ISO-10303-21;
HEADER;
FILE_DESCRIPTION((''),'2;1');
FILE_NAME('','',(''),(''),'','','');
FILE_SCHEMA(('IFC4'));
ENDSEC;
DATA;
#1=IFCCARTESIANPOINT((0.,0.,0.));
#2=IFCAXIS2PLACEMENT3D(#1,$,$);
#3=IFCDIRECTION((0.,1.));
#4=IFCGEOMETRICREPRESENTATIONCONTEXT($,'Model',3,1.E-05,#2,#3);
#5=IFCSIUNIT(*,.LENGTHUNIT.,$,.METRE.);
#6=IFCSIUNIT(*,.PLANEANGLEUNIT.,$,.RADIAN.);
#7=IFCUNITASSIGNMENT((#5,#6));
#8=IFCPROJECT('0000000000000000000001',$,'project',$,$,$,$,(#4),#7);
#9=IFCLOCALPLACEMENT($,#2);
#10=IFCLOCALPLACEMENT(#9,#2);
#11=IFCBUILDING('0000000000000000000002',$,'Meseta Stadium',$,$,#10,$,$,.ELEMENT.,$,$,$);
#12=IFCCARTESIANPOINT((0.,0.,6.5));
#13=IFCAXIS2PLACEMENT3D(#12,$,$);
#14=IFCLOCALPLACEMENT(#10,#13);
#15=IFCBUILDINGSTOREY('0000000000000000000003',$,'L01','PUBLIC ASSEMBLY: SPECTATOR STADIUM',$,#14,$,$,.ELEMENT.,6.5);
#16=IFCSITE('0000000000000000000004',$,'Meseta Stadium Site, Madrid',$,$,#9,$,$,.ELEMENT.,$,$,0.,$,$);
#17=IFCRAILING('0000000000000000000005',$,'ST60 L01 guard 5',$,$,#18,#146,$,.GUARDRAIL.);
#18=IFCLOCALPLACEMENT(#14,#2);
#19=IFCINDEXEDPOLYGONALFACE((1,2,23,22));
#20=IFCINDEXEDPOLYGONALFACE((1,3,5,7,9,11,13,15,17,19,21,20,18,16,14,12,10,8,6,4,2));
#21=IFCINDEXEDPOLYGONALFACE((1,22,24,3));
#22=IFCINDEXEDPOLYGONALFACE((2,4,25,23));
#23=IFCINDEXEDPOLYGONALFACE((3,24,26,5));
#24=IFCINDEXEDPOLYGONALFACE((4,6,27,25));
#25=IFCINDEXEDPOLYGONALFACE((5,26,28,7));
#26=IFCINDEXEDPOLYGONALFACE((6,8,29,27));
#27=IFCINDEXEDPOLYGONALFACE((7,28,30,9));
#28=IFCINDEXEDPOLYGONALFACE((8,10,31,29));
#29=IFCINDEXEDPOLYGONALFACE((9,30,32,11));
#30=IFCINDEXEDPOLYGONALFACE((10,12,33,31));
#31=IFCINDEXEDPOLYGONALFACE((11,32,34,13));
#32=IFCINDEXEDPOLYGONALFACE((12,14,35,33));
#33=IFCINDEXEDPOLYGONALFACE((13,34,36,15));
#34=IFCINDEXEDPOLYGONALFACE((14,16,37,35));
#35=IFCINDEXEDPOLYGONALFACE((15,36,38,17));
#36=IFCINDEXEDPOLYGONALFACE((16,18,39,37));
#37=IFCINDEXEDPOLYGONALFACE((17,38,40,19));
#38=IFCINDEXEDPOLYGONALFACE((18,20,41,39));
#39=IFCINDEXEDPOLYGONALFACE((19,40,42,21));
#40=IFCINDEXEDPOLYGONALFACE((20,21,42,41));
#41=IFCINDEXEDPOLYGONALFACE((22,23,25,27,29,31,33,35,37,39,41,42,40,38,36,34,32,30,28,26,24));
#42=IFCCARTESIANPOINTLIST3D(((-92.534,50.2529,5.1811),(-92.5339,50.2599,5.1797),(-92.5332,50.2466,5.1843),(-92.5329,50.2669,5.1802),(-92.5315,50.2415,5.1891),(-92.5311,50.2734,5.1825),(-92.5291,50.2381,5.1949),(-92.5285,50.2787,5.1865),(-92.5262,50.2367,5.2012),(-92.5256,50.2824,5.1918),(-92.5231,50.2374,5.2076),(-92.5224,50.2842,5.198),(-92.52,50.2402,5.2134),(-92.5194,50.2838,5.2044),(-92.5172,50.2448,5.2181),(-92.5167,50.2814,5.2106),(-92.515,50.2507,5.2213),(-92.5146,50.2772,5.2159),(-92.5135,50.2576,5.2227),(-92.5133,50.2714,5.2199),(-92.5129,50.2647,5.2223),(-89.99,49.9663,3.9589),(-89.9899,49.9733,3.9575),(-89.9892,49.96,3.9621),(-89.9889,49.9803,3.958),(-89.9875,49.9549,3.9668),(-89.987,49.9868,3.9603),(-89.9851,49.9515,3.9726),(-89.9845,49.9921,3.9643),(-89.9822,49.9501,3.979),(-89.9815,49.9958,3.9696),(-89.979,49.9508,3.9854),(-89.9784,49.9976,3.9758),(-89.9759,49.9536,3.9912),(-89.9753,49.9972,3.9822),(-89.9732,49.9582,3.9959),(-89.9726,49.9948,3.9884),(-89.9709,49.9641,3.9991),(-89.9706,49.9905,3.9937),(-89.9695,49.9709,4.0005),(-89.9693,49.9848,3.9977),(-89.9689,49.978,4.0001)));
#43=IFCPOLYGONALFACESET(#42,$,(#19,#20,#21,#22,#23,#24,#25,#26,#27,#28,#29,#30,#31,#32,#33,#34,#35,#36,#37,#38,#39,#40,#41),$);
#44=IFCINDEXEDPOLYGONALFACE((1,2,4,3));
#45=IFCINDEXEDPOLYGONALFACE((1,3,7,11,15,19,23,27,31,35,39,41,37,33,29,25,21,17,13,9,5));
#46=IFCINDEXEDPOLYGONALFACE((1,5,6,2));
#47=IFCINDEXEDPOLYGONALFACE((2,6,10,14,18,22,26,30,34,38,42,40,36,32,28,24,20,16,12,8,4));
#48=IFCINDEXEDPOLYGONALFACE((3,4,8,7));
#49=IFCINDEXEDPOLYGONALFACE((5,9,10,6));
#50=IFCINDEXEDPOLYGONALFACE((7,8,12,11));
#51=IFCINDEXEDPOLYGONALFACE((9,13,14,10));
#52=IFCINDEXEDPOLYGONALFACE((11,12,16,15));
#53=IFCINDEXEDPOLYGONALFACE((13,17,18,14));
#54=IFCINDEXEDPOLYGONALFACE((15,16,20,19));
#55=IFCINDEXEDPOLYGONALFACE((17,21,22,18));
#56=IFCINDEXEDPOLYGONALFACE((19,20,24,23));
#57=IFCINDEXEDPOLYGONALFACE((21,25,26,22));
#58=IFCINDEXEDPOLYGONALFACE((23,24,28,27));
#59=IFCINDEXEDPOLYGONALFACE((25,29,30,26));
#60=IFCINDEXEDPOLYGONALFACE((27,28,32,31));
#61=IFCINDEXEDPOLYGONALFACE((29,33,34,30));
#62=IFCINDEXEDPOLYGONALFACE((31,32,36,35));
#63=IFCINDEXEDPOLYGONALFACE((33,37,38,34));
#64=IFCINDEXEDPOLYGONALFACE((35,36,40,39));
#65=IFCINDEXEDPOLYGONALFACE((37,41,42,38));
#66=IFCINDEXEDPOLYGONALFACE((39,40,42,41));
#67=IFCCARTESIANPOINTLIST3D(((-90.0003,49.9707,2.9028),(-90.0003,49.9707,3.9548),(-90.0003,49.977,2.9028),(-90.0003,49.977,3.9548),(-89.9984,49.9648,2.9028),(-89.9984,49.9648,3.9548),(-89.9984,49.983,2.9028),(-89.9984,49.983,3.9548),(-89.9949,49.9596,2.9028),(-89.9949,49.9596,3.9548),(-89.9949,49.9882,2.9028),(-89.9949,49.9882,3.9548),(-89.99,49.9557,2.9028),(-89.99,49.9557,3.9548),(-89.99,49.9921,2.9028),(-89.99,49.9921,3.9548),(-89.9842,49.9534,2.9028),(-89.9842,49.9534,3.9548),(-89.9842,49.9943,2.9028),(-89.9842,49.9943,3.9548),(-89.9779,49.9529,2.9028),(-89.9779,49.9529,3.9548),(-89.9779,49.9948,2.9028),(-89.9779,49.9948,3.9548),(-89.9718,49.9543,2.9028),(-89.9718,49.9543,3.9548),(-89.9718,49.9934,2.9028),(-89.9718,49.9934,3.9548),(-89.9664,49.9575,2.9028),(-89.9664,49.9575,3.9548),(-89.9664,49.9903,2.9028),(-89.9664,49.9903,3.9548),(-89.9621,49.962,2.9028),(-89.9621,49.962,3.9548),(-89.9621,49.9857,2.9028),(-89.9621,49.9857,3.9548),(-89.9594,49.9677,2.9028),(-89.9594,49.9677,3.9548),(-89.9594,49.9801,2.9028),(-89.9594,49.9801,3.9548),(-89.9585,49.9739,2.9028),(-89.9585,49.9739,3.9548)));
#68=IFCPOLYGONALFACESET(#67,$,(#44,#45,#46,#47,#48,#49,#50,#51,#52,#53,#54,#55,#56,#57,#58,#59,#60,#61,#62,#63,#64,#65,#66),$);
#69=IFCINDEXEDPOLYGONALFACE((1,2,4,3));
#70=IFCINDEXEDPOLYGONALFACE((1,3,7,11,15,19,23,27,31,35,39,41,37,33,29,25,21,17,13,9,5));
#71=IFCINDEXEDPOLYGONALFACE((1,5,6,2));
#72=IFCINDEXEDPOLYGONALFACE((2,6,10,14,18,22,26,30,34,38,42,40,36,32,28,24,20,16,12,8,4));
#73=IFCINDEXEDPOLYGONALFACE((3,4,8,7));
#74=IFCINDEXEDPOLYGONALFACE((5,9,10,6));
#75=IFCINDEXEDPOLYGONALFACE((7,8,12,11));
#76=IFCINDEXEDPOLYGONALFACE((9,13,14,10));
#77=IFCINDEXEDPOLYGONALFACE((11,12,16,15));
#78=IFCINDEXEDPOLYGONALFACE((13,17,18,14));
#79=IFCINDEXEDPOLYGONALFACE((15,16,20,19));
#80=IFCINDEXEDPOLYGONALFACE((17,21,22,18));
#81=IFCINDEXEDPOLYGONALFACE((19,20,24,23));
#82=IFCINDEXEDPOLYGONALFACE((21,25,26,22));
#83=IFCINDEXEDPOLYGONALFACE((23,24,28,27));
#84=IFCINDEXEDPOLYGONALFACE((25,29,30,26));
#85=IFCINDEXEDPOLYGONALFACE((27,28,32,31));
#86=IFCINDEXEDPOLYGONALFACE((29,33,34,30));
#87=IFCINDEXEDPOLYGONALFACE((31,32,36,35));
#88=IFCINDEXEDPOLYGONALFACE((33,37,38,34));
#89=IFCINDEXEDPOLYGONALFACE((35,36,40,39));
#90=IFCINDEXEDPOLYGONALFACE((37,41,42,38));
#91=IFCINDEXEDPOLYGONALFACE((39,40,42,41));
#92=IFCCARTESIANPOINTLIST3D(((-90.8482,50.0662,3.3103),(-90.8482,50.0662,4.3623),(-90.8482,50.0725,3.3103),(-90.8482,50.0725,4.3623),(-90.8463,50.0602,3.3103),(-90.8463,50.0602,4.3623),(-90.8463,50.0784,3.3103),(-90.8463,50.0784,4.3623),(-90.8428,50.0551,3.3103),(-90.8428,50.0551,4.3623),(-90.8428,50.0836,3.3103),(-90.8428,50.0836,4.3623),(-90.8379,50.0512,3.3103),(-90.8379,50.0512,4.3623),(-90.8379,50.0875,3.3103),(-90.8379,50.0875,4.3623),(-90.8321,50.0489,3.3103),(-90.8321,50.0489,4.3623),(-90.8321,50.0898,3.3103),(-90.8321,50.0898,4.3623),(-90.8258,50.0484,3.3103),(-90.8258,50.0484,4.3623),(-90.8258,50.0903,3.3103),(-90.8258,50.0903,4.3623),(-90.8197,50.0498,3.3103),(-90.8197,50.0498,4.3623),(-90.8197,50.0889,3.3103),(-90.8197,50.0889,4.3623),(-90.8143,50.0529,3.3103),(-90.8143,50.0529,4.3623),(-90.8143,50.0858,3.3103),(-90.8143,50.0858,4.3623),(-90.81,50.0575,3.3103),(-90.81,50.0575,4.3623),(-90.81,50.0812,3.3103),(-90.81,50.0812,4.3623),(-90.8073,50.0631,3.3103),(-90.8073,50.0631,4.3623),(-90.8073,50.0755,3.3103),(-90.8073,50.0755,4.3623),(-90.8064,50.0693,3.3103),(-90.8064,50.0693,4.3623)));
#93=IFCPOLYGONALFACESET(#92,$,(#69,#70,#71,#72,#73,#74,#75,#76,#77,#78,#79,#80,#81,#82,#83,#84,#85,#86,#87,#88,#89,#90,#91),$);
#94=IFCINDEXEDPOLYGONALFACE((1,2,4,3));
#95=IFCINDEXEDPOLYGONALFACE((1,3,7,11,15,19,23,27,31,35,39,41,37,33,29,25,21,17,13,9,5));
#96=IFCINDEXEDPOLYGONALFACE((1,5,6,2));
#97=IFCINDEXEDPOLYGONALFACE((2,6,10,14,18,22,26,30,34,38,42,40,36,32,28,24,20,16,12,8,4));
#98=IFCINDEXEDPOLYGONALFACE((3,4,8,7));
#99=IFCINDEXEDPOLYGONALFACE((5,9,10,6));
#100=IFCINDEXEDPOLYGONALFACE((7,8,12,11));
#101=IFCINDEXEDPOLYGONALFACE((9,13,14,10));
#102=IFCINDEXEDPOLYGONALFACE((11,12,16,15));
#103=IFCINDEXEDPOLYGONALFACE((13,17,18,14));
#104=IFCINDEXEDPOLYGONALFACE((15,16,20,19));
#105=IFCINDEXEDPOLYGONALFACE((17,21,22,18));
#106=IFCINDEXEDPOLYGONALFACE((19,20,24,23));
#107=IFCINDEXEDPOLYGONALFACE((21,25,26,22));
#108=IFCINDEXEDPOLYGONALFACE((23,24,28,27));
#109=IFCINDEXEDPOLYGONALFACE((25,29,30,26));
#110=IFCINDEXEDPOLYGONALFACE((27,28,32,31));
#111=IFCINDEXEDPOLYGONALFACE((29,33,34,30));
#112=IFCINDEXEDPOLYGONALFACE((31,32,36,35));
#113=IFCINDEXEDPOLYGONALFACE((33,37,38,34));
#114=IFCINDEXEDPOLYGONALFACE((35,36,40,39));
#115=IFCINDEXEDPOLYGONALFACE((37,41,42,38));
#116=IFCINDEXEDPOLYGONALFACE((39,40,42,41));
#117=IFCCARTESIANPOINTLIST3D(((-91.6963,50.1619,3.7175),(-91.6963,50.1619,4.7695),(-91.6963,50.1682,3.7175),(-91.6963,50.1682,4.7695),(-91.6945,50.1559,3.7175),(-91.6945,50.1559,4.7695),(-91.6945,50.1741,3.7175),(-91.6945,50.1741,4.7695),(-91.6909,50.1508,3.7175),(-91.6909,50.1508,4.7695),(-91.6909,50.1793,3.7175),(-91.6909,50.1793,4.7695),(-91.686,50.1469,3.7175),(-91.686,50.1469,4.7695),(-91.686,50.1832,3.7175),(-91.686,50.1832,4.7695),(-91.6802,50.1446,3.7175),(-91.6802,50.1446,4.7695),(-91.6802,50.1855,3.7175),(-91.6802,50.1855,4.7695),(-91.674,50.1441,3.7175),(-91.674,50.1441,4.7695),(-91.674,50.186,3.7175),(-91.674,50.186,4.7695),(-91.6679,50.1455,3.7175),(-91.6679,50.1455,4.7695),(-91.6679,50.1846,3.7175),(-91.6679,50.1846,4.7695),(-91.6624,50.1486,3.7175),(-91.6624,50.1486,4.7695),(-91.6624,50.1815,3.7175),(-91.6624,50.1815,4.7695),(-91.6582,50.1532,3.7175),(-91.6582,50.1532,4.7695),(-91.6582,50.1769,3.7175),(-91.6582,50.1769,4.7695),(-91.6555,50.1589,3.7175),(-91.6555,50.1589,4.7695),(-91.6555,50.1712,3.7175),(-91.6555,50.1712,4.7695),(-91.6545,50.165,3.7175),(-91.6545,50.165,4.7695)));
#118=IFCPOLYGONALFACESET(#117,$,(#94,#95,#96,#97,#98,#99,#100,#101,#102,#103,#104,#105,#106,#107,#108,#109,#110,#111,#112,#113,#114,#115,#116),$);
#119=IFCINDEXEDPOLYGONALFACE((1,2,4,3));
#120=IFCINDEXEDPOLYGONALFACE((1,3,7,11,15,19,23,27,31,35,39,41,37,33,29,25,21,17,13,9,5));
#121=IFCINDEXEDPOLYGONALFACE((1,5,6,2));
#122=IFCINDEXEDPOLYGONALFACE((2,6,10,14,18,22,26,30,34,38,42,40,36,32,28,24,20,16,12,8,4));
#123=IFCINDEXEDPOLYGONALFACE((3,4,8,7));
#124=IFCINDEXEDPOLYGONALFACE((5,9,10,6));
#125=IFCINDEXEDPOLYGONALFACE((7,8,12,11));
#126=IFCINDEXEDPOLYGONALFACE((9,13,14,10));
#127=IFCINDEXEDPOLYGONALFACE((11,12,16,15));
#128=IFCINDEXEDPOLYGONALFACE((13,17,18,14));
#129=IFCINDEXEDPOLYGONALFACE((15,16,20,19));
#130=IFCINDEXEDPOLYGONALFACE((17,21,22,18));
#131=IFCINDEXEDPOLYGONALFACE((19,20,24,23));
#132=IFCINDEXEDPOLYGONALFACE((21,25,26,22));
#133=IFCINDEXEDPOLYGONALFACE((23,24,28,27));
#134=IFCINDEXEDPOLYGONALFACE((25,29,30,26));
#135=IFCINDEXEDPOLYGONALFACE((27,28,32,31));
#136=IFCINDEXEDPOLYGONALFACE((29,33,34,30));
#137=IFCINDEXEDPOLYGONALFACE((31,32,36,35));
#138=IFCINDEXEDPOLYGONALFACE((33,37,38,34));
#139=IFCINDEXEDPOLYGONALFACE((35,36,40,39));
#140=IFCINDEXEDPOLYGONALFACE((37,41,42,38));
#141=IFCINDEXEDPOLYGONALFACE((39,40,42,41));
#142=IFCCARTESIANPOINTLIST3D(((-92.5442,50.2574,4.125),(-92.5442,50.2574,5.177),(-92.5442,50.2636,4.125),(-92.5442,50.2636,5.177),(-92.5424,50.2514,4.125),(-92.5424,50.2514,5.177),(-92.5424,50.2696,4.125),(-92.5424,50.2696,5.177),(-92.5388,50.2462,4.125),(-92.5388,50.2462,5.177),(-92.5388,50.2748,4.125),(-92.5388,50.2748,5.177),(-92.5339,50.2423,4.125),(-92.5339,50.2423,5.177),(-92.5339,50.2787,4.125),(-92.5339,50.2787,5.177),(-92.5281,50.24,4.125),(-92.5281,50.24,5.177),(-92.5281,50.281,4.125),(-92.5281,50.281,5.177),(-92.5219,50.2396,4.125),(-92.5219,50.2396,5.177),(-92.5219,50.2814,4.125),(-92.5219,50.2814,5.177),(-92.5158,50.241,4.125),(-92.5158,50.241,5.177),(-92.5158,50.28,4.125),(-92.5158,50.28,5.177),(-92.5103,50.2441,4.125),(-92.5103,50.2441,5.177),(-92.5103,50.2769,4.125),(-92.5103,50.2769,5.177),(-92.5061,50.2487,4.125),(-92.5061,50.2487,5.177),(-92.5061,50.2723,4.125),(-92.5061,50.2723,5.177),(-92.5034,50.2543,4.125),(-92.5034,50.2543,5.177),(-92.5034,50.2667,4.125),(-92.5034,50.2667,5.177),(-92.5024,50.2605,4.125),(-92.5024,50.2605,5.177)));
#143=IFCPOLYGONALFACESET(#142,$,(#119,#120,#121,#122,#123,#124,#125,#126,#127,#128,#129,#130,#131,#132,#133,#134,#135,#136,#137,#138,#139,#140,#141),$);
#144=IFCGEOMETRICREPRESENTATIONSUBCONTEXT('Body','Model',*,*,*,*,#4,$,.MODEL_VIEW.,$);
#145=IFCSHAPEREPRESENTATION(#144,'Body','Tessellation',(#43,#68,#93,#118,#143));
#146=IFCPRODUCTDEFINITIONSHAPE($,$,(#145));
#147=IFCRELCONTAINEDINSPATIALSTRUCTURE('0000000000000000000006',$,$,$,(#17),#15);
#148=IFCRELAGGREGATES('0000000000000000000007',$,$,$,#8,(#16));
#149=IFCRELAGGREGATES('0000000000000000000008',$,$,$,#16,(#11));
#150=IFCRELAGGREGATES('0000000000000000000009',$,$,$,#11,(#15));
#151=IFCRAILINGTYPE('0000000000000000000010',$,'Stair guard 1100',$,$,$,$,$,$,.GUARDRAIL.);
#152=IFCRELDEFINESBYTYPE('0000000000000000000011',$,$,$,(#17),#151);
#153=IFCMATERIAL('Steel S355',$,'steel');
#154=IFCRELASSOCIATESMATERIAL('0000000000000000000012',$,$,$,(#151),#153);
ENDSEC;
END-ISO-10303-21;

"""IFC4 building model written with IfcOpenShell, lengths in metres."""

from ifc_helpers import new_model, si_unit, direction, frame, origin, origin_2d, place, context, subcontext, project, spatial, circle, extrude, material, type_object, element, save


model = new_model("IFC4")

# Units and contexts
model_context = context("Model", 3, precision=1e-05, world=origin(), true_north=direction((0.0, 1.0)))
body_context = subcontext(model_context, "Body", "Model", "MODEL_VIEW")
ifc_project = project(units=[si_unit("LENGTHUNIT", "METRE"), si_unit("PLANEANGLEUNIT", "RADIAN")], contexts=[model_context])

# Site, building, storey
site_placement = place(None, origin())
site = spatial("IfcSite", under=ifc_project, at=site_placement, Name="Meseta Stadium Site, Madrid", CompositionType="ELEMENT", RefElevation=0.0)
building_placement = place(site_placement, origin())
building = spatial("IfcBuilding", under=site, at=building_placement, Name="Meseta Stadium", CompositionType="ELEMENT")
storey_placement = place(building_placement, frame((0.0, 0.0, 6.5)))
storey = spatial("IfcBuildingStorey", under=building, at=storey_placement, Name="L01", Description="PUBLIC ASSEMBLY: SPECTATOR STADIUM", CompositionType="ELEMENT", Elevation=6.5)

# Railing
ifc_material_1 = material(Name="Steel S355", Category="steel")
railing_type_1 = type_object("IfcRailingType", Name="Stair guard 1100", PredefinedType="GUARDRAIL", material=ifc_material_1)
railing_1_placement = place(storey_placement, frame((-89.9795, 49.9739, 2.9028)))
element("IfcRailing", 1, at=railing_1_placement, inside=storey, type_object=railing_type_1, Name="ST60 L01 guard 5", PredefinedType="GUARDRAIL", context=body_context, shape_type="SweptSolid", body=[
    extrude(circle(Radius=0.0239, at=origin_2d()), frame((0.0, 0.0, 1.0762), z_axis=(-0.896762, 0.101036, 0.430824), x_axis=(-0.11196, -0.993713, 0.0)), (0.0, 0.0, 1.0), 2.8369),
    extrude(circle(Radius=0.021, at=origin_2d()), origin(), (0.0, 0.0, 1.0), 1.052),
    extrude(circle(Radius=0.021, at=origin_2d()), frame((-0.8479, 0.0955, 0.4075)), (0.0, 0.0, 1.0), 1.052),
    extrude(circle(Radius=0.021, at=origin_2d()), frame((-1.696, 0.1912, 0.8147)), (0.0, 0.0, 1.0), 1.052),
    extrude(circle(Radius=0.021, at=origin_2d()), frame((-2.5439, 0.2866, 1.2222)), (0.0, 0.0, 1.0), 1.052),
])

save(model, "model.ifc")
